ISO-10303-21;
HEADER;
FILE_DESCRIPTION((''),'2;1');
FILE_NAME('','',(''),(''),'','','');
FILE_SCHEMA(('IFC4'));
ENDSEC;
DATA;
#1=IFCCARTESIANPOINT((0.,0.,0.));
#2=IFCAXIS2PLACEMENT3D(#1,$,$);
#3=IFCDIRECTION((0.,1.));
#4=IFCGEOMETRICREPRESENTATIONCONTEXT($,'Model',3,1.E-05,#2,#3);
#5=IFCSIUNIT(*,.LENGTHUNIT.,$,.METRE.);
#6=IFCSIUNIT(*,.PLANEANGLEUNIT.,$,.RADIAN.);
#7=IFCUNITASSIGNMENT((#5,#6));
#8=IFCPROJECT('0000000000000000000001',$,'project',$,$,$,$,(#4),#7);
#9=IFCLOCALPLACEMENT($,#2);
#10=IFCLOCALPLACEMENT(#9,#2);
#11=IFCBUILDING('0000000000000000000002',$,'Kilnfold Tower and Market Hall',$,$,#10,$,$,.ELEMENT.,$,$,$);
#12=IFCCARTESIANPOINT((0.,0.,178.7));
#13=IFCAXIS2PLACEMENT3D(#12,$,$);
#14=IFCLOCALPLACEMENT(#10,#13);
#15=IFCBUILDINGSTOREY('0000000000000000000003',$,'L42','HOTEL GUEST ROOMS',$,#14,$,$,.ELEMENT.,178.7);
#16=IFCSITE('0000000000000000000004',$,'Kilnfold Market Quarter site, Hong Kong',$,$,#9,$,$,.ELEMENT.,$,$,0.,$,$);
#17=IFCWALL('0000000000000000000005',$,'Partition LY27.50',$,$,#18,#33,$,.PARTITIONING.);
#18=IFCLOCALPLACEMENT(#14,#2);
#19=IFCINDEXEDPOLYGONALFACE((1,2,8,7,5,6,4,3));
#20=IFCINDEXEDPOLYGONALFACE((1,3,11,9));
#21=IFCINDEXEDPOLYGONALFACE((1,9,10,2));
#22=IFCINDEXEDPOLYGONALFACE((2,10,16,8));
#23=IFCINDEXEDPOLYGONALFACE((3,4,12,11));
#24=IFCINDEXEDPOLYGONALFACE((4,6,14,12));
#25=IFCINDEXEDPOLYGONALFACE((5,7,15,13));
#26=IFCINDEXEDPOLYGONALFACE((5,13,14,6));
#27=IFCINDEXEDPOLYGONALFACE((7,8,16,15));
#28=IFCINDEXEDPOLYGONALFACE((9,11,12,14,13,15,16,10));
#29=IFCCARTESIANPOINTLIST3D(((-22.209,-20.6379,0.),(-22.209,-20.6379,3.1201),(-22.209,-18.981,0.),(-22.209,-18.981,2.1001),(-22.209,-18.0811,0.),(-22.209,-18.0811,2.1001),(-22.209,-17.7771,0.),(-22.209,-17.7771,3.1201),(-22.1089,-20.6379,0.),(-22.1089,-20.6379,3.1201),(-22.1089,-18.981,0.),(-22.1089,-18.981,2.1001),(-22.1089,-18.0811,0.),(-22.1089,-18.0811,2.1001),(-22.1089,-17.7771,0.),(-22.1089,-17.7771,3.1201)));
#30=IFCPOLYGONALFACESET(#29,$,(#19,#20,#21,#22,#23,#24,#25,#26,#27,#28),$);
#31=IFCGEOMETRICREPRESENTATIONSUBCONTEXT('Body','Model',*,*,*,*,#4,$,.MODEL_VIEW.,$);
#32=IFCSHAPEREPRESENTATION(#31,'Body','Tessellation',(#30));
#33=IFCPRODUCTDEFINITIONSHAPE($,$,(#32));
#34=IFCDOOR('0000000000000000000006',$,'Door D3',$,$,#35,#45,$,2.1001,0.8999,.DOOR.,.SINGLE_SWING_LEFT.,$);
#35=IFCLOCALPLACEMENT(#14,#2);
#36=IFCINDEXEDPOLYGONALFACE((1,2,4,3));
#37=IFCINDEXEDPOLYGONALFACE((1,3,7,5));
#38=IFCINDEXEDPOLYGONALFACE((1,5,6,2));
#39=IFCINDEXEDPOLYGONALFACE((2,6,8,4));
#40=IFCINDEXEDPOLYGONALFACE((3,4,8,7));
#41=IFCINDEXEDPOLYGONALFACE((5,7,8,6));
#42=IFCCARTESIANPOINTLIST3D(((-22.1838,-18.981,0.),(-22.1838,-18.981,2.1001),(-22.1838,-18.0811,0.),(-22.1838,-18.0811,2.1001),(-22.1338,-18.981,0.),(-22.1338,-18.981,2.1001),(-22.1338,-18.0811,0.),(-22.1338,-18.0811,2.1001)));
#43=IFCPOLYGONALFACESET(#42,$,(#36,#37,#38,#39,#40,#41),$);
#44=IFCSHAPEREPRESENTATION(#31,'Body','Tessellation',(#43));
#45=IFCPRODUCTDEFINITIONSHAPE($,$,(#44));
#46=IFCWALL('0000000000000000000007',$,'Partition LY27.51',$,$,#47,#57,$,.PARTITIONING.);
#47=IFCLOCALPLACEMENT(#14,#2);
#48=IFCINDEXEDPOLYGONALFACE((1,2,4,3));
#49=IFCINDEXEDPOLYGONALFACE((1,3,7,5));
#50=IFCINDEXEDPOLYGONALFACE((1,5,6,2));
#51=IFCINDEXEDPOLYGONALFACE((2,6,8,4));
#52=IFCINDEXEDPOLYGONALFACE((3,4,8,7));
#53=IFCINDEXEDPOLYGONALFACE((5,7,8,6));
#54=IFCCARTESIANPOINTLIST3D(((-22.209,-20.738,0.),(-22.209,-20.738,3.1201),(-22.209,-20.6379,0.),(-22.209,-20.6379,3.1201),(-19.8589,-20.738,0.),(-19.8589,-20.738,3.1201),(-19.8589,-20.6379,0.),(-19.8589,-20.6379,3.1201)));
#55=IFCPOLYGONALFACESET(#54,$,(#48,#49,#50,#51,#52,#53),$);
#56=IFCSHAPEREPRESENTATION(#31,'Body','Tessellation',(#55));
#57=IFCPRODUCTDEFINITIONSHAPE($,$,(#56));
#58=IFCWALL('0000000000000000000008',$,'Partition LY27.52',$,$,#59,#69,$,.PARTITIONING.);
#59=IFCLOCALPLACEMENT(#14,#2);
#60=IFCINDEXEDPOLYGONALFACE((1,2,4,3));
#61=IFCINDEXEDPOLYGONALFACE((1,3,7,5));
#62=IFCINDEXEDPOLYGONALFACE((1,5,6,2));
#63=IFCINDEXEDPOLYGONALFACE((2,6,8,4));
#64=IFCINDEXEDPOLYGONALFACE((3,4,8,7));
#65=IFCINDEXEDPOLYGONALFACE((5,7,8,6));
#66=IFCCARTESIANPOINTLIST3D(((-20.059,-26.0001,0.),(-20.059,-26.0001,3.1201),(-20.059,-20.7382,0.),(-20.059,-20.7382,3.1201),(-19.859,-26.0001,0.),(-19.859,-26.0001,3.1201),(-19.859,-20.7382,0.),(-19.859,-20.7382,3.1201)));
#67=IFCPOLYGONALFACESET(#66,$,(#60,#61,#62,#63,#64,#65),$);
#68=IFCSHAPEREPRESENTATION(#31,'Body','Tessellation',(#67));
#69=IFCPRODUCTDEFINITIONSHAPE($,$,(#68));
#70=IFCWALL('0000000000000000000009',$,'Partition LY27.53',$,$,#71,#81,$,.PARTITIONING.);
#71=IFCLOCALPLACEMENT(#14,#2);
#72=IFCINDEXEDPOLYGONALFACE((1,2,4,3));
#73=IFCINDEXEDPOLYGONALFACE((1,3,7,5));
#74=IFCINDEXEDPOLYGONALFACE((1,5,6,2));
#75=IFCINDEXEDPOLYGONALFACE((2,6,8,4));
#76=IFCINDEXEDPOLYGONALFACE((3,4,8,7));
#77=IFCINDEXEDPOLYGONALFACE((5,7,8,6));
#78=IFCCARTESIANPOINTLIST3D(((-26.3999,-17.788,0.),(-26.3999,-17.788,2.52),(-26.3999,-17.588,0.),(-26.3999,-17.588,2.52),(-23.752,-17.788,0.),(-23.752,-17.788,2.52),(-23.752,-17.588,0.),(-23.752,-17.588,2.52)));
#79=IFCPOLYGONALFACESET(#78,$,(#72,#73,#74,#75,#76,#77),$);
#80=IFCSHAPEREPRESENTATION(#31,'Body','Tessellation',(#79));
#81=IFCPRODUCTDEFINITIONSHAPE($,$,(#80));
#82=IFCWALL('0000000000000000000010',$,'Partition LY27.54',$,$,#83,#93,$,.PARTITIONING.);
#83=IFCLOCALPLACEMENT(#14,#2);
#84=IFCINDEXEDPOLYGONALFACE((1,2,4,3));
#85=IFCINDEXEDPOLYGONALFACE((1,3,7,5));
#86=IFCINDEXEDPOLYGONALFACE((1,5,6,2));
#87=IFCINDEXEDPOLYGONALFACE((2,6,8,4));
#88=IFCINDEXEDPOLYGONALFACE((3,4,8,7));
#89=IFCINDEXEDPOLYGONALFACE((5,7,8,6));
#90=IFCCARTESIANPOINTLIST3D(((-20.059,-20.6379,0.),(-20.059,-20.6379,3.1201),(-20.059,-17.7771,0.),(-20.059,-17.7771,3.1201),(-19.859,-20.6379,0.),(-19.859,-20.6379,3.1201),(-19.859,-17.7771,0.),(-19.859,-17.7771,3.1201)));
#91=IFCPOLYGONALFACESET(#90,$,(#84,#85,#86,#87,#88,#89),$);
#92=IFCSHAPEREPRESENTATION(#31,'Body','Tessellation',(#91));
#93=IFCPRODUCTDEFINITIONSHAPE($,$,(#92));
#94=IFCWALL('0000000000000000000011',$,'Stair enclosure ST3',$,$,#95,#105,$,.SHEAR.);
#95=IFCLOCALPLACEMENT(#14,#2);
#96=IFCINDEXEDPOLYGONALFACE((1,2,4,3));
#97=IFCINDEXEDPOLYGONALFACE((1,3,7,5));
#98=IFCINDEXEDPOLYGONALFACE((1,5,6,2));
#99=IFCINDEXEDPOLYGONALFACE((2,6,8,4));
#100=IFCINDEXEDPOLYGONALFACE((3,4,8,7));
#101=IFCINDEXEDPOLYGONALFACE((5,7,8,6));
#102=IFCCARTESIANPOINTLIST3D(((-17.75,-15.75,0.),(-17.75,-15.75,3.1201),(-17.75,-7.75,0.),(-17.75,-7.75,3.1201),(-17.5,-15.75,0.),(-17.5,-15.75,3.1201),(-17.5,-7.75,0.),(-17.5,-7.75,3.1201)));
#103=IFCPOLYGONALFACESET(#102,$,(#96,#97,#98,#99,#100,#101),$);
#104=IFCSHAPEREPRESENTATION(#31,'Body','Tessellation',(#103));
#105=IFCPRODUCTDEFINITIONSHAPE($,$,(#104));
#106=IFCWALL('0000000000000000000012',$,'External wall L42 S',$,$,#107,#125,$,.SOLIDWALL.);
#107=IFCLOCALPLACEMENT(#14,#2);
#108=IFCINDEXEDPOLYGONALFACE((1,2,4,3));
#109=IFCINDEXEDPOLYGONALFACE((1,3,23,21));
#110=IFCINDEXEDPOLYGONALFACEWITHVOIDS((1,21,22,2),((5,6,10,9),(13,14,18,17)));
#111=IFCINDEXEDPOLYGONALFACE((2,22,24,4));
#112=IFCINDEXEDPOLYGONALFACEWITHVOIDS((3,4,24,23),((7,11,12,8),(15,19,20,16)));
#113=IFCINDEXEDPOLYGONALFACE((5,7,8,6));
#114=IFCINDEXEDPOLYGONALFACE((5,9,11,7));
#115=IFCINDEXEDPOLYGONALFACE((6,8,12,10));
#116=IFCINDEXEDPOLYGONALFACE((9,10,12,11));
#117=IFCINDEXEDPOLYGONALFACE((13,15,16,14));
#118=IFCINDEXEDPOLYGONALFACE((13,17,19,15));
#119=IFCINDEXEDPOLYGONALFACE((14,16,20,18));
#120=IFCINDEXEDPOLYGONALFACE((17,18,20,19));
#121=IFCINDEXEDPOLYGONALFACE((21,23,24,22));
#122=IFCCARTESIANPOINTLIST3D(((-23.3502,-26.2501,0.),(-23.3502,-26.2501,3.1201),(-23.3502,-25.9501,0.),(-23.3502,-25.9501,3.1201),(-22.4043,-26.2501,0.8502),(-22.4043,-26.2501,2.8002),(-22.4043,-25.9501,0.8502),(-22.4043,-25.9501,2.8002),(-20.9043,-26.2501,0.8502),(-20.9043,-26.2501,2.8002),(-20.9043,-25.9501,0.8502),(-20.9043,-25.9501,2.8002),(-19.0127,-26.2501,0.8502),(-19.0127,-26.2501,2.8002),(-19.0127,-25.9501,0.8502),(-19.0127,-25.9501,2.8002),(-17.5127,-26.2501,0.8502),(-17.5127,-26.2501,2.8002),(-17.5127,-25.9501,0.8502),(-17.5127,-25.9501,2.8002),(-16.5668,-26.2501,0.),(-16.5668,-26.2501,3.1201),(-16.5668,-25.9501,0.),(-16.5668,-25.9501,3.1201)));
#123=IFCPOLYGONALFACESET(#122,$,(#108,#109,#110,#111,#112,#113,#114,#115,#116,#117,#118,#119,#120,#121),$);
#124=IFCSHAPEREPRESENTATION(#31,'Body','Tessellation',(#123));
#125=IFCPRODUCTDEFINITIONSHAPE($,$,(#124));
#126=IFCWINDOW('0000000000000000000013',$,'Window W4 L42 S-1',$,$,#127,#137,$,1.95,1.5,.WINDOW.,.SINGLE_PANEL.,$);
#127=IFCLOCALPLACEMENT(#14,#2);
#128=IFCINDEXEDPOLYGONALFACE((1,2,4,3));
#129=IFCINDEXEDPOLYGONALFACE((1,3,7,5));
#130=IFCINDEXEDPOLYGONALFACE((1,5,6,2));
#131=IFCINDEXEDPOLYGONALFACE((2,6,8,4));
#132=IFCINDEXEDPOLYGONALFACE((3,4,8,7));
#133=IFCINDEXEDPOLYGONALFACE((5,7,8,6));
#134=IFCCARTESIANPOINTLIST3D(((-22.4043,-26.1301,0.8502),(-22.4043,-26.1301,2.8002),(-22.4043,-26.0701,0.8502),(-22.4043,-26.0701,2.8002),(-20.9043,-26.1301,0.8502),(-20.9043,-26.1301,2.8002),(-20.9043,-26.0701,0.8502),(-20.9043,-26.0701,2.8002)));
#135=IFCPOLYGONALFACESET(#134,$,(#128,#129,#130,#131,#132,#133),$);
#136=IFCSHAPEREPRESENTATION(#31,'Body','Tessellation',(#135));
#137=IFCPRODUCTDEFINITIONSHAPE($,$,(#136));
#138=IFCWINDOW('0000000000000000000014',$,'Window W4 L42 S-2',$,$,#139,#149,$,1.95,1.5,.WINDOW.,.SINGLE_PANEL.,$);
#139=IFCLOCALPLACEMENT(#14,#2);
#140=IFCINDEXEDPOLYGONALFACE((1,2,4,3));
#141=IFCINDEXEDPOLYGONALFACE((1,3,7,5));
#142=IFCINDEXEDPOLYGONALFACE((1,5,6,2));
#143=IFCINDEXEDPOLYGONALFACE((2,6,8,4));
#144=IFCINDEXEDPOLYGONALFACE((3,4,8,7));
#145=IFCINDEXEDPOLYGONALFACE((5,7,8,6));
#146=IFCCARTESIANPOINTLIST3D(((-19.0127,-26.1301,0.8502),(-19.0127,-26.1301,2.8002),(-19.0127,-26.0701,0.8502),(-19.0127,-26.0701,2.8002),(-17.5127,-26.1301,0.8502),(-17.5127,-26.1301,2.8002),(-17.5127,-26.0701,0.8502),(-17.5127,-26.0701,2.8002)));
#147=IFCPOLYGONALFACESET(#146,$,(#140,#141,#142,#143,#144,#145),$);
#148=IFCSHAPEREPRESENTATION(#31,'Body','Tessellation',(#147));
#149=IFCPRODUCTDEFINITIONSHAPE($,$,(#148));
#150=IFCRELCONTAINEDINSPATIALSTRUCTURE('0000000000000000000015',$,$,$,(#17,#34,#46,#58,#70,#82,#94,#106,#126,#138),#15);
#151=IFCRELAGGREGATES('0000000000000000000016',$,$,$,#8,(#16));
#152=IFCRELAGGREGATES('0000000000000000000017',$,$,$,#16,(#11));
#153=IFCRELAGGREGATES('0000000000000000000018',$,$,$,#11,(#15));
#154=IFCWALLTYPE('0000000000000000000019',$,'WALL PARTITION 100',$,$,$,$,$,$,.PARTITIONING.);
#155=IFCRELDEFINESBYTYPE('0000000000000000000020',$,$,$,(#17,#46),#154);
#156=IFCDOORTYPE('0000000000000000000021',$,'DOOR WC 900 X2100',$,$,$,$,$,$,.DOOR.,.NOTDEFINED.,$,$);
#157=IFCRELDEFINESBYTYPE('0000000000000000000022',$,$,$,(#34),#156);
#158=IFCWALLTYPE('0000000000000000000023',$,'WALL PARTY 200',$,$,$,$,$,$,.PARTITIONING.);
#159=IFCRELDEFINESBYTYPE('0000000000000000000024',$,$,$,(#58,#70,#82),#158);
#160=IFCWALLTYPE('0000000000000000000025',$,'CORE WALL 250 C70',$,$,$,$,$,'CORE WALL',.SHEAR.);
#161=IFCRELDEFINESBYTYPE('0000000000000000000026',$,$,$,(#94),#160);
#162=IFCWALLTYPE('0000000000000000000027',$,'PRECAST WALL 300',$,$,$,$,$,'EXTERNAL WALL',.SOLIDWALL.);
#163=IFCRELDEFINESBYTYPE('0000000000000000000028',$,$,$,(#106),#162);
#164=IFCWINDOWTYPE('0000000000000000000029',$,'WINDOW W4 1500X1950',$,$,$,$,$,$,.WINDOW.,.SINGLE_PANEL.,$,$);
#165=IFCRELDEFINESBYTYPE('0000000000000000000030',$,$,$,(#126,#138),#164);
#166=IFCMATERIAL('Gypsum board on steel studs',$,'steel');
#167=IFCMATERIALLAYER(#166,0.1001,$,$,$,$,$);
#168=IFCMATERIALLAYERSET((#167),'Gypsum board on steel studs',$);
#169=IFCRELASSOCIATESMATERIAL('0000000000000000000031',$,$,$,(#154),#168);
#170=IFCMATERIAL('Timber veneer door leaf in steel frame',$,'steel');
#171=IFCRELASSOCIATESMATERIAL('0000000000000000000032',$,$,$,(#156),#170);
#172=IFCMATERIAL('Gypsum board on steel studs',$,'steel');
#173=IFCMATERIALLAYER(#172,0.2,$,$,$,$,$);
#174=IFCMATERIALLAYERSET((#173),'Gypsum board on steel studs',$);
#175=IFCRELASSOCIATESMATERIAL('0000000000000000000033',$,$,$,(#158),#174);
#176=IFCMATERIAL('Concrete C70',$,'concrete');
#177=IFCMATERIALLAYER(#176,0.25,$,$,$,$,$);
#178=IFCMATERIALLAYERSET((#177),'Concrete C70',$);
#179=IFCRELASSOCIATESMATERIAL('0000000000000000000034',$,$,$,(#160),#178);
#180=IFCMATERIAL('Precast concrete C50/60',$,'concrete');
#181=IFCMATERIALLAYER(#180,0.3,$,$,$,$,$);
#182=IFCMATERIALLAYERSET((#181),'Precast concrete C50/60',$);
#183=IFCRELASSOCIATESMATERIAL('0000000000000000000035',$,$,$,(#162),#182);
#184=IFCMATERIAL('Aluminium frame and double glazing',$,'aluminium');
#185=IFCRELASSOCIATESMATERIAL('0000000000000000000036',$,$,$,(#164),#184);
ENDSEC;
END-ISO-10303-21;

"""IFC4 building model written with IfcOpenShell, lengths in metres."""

from ifc_helpers import new_model, si_unit, direction, frame, frame_2d, origin, place, context, subcontext, project, spatial, rectangle, extrude, source, transform, mapped, material, layer, layer_set, type_object, element, fill, save


model = new_model("IFC4")

# Units and contexts
model_context = context("Model", 3, precision=1e-05, world=origin(), true_north=direction((0.0, 1.0)))
body_context = subcontext(model_context, "Body", "Model", "MODEL_VIEW")
ifc_project = project(units=[si_unit("LENGTHUNIT", "METRE"), si_unit("PLANEANGLEUNIT", "RADIAN")], contexts=[model_context])

# Site, building, storey
site_placement = place(None, origin())
site = spatial("IfcSite", under=ifc_project, at=site_placement, Name="Kilnfold Market Quarter site, Hong Kong", CompositionType="ELEMENT", RefElevation=0.0)
building_placement = place(site_placement, origin())
building = spatial("IfcBuilding", under=site, at=building_placement, Name="Kilnfold Tower and Market Hall", CompositionType="ELEMENT")
storey_placement = place(building_placement, frame((0.0, 0.0, 178.7)))
storey = spatial("IfcBuildingStorey", under=building, at=storey_placement, Name="L42", Description="HOTEL GUEST ROOMS", CompositionType="ELEMENT", Elevation=178.7)

# Wall, opening, door
ifc_material_1 = material(Name="Gypsum board on steel studs", Category="steel")
ifc_layer_1 = layer(ifc_material_1, 0.1001)
ifc_layer_set_1 = layer_set([ifc_layer_1], Name="Gypsum board on steel studs")
wall_type_1 = type_object("IfcWallType", Name="WALL PARTITION 100", PredefinedType="PARTITIONING", material=ifc_layer_set_1)
wall_1_placement = place(storey_placement, frame((-22.1589, -20.6379, 0.0), z_axis=(0.0, 0.0, 1.0), x_axis=(0.0, 1.0, 0.0)))
wall_1 = element("IfcWall", 1, at=wall_1_placement, inside=storey, type_object=wall_type_1, Name="Partition LY27.50", PredefinedType="PARTITIONING", context=body_context, shape_type="SweptSolid", body=[
    extrude(rectangle(XDim=2.8608, YDim=0.1001, at=frame_2d((1.4304, 0.0))), origin(), (0.0, 0.0, 1.0), 3.1201),
])
opening_1_placement = place(wall_1_placement, frame((1.657, 0.0, 0.0)))
opening_1 = element("IfcOpeningElement", 2, at=opening_1_placement, cuts=wall_1, PredefinedType="OPENING", context=body_context, shape_type="SweptSolid", body=[
    extrude(rectangle(XDim=0.8999, YDim=2.1001, at=frame_2d((0.45, 1.05))), frame((0.0, 0.0601, 0.0), z_axis=(0.0, -1.0, 0.0), x_axis=(1.0, 0.0, 0.0)), (0.0, 0.0, 1.0), 0.1201),
])
ifc_material_2 = material(Name="Timber veneer door leaf in steel frame", Category="steel")
door_type_1 = type_object("IfcDoorType", Name="DOOR WC 900 X2100", OperationType="NOTDEFINED", PredefinedType="DOOR", material=ifc_material_2)
door_1_placement = place(opening_1_placement, origin())
door_1 = element("IfcDoor", 3, at=door_1_placement, inside=storey, type_object=door_type_1, Name="Door D3", OperationType="SINGLE_SWING_LEFT", OverallHeight=2.1001, OverallWidth=0.8999, PredefinedType="DOOR", context=body_context, shape_type="SweptSolid", body=[
    extrude(rectangle(XDim=0.8999, YDim=2.1001, at=frame_2d((0.45, 1.05))), frame((0.0, 0.0249, 0.0), z_axis=(0.0, -1.0, 0.0), x_axis=(1.0, 0.0, 0.0)), (0.0, 0.0, 1.0), 0.05),
])
fill(opening_1, door_1)

# Walls
wall_2_placement = place(storey_placement, frame((-22.209, -20.688, 0.0), z_axis=(0.0, 0.0, 1.0), x_axis=(1.0, 0.0, 0.0)))
element("IfcWall", 4, at=wall_2_placement, inside=storey, type_object=wall_type_1, Name="Partition LY27.51", PredefinedType="PARTITIONING", context=body_context, shape_type="SweptSolid", body=[
    extrude(rectangle(XDim=2.3501, YDim=0.1001, at=frame_2d((1.175, 0.0))), origin(), (0.0, 0.0, 1.0), 3.1201),
])
ifc_material_3 = material(Name="Gypsum board on steel studs", Category="steel")
ifc_layer_2 = layer(ifc_material_3, 0.2)
ifc_layer_set_2 = layer_set([ifc_layer_2], Name="Gypsum board on steel studs")
wall_type_2 = type_object("IfcWallType", Name="WALL PARTY 200", PredefinedType="PARTITIONING", material=ifc_layer_set_2)
wall_3_placement = place(storey_placement, frame((-19.959, -26.0, 0.0), z_axis=(0.0, 0.0, 1.0), x_axis=(0.0, 1.0, 0.0)))
element("IfcWall", 5, at=wall_3_placement, inside=storey, type_object=wall_type_2, Name="Partition LY27.52", PredefinedType="PARTITIONING", context=body_context, shape_type="SweptSolid", body=[
    extrude(rectangle(XDim=5.262, YDim=0.2, at=frame_2d((2.6309, 0.0))), origin(), (0.0, 0.0, 1.0), 3.1201),
])
wall_4_placement = place(storey_placement, frame((-26.3999, -17.688, 0.0), z_axis=(0.0, 0.0, 1.0), x_axis=(1.0, 0.0, 0.0)))
element("IfcWall", 6, at=wall_4_placement, inside=storey, type_object=wall_type_2, Name="Partition LY27.53", PredefinedType="PARTITIONING", context=body_context, shape_type="SweptSolid", body=[
    extrude(rectangle(XDim=2.6479, YDim=0.2, at=frame_2d((1.324, 0.0))), origin(), (0.0, 0.0, 1.0), 2.52),
])
wall_5_placement = place(storey_placement, frame((-19.959, -20.6379, 0.0), z_axis=(0.0, 0.0, 1.0), x_axis=(0.0, 1.0, 0.0)))
element("IfcWall", 7, at=wall_5_placement, inside=storey, type_object=wall_type_2, Name="Partition LY27.54", PredefinedType="PARTITIONING", context=body_context, shape_type="SweptSolid", body=[
    extrude(rectangle(XDim=2.8608, YDim=0.2, at=frame_2d((1.4304, 0.0))), origin(), (0.0, 0.0, 1.0), 3.1201),
])
ifc_material_4 = material(Name="Concrete C70", Category="concrete")
ifc_layer_3 = layer(ifc_material_4, 0.25)
ifc_layer_set_3 = layer_set([ifc_layer_3], Name="Concrete C70")
wall_type_3 = type_object("IfcWallType", Name="CORE WALL 250 C70", ElementType="CORE WALL", PredefinedType="SHEAR", material=ifc_layer_set_3)
shared_shape_1 = source(origin(), body_context, "Body", "SweptSolid", [
    extrude(rectangle(XDim=8.0, YDim=0.25, at=frame_2d((4.0, 0.0))), origin(), (0.0, 0.0, 1.0), 3.1201),
])
wall_6_placement = place(storey_placement, frame((-17.625, -15.75, 0.0), z_axis=(0.0, 0.0, 1.0), x_axis=(0.0, 1.0, 0.0)))
element("IfcWall", 8, at=wall_6_placement, inside=storey, type_object=wall_type_3, Name="Stair enclosure ST3", PredefinedType="SHEAR", context=body_context, shape_type="MappedRepresentation", body=[
    mapped(shared_shape_1, transform((0.0, 0.0, 0.0))),
])

# Wall, openings, windows
ifc_material_5 = material(Name="Precast concrete C50/60", Category="concrete")
ifc_layer_4 = layer(ifc_material_5, 0.3)
ifc_layer_set_4 = layer_set([ifc_layer_4], Name="Precast concrete C50/60")
wall_type_4 = type_object("IfcWallType", Name="PRECAST WALL 300", ElementType="EXTERNAL WALL", PredefinedType="SOLIDWALL", material=ifc_layer_set_4)
shared_shape_2 = source(origin(), body_context, "Body", "SweptSolid", [
    extrude(rectangle(XDim=6.7834, YDim=0.3, at=frame_2d((3.3916, 0.0))), origin(), (0.0, 0.0, 1.0), 3.1201),
])
wall_7_placement = place(storey_placement, frame((-23.3501, -26.1001, 0.0), z_axis=(0.0, 0.0, 1.0), x_axis=(1.0, 0.0, 0.0)))
wall_7 = element("IfcWall", 9, at=wall_7_placement, inside=storey, type_object=wall_type_4, Name="External wall L42 S", PredefinedType="SOLIDWALL", context=body_context, shape_type="MappedRepresentation", body=[
    mapped(shared_shape_2, transform((0.0, 0.0, 0.0))),
])
opening_2_placement = place(wall_7_placement, frame((0.9458, 0.0, 0.8501)))
opening_2 = element("IfcOpeningElement", 10, at=opening_2_placement, cuts=wall_7, PredefinedType="OPENING", context=body_context, shape_type="SweptSolid", body=[
    extrude(rectangle(XDim=1.5, YDim=1.95, at=frame_2d((0.75, 0.9751))), frame((0.0, 0.1602, 0.0), z_axis=(0.0, -1.0, 0.0), x_axis=(1.0, 0.0, 0.0)), (0.0, 0.0, 1.0), 0.3201),
])
opening_3_placement = place(wall_7_placement, frame((4.3374, 0.0, 0.8501)))
opening_3 = element("IfcOpeningElement", 11, at=opening_3_placement, cuts=wall_7, PredefinedType="OPENING", context=body_context, shape_type="SweptSolid", body=[
    extrude(rectangle(XDim=1.5, YDim=1.95, at=frame_2d((0.75, 0.9751))), frame((0.0, 0.1602, 0.0), z_axis=(0.0, -1.0, 0.0), x_axis=(1.0, 0.0, 0.0)), (0.0, 0.0, 1.0), 0.3201),
])
ifc_material_6 = material(Name="Aluminium frame and double glazing", Category="aluminium")
window_type_1 = type_object("IfcWindowType", Name="WINDOW W4 1500X1950", PartitioningType="SINGLE_PANEL", PredefinedType="WINDOW", material=ifc_material_6)
window_1_placement = place(opening_2_placement, origin())
window_1 = element("IfcWindow", 12, at=window_1_placement, inside=storey, type_object=window_type_1, Name="Window W4 L42 S-1", OverallHeight=1.95, OverallWidth=1.5, PartitioningType="SINGLE_PANEL", PredefinedType="WINDOW", context=body_context, shape_type="SweptSolid", body=[
    extrude(rectangle(XDim=1.5, YDim=1.95, at=frame_2d((0.75, 0.9751))), frame((0.0, 0.03, 0.0), z_axis=(0.0, -1.0, 0.0), x_axis=(1.0, 0.0, 0.0)), (0.0, 0.0, 1.0), 0.0601),
])
fill(opening_2, window_1)
window_2_placement = place(opening_3_placement, origin())
window_2 = element("IfcWindow", 13, at=window_2_placement, inside=storey, type_object=window_type_1, Name="Window W4 L42 S-2", OverallHeight=1.95, OverallWidth=1.5, PartitioningType="SINGLE_PANEL", PredefinedType="WINDOW", context=body_context, shape_type="SweptSolid", body=[
    extrude(rectangle(XDim=1.5, YDim=1.95, at=frame_2d((0.75, 0.9751))), frame((0.0, 0.03, 0.0), z_axis=(0.0, -1.0, 0.0), x_axis=(1.0, 0.0, 0.0)), (0.0, 0.0, 1.0), 0.0601),
])
fill(opening_3, window_2)

save(model, "model.ifc")
